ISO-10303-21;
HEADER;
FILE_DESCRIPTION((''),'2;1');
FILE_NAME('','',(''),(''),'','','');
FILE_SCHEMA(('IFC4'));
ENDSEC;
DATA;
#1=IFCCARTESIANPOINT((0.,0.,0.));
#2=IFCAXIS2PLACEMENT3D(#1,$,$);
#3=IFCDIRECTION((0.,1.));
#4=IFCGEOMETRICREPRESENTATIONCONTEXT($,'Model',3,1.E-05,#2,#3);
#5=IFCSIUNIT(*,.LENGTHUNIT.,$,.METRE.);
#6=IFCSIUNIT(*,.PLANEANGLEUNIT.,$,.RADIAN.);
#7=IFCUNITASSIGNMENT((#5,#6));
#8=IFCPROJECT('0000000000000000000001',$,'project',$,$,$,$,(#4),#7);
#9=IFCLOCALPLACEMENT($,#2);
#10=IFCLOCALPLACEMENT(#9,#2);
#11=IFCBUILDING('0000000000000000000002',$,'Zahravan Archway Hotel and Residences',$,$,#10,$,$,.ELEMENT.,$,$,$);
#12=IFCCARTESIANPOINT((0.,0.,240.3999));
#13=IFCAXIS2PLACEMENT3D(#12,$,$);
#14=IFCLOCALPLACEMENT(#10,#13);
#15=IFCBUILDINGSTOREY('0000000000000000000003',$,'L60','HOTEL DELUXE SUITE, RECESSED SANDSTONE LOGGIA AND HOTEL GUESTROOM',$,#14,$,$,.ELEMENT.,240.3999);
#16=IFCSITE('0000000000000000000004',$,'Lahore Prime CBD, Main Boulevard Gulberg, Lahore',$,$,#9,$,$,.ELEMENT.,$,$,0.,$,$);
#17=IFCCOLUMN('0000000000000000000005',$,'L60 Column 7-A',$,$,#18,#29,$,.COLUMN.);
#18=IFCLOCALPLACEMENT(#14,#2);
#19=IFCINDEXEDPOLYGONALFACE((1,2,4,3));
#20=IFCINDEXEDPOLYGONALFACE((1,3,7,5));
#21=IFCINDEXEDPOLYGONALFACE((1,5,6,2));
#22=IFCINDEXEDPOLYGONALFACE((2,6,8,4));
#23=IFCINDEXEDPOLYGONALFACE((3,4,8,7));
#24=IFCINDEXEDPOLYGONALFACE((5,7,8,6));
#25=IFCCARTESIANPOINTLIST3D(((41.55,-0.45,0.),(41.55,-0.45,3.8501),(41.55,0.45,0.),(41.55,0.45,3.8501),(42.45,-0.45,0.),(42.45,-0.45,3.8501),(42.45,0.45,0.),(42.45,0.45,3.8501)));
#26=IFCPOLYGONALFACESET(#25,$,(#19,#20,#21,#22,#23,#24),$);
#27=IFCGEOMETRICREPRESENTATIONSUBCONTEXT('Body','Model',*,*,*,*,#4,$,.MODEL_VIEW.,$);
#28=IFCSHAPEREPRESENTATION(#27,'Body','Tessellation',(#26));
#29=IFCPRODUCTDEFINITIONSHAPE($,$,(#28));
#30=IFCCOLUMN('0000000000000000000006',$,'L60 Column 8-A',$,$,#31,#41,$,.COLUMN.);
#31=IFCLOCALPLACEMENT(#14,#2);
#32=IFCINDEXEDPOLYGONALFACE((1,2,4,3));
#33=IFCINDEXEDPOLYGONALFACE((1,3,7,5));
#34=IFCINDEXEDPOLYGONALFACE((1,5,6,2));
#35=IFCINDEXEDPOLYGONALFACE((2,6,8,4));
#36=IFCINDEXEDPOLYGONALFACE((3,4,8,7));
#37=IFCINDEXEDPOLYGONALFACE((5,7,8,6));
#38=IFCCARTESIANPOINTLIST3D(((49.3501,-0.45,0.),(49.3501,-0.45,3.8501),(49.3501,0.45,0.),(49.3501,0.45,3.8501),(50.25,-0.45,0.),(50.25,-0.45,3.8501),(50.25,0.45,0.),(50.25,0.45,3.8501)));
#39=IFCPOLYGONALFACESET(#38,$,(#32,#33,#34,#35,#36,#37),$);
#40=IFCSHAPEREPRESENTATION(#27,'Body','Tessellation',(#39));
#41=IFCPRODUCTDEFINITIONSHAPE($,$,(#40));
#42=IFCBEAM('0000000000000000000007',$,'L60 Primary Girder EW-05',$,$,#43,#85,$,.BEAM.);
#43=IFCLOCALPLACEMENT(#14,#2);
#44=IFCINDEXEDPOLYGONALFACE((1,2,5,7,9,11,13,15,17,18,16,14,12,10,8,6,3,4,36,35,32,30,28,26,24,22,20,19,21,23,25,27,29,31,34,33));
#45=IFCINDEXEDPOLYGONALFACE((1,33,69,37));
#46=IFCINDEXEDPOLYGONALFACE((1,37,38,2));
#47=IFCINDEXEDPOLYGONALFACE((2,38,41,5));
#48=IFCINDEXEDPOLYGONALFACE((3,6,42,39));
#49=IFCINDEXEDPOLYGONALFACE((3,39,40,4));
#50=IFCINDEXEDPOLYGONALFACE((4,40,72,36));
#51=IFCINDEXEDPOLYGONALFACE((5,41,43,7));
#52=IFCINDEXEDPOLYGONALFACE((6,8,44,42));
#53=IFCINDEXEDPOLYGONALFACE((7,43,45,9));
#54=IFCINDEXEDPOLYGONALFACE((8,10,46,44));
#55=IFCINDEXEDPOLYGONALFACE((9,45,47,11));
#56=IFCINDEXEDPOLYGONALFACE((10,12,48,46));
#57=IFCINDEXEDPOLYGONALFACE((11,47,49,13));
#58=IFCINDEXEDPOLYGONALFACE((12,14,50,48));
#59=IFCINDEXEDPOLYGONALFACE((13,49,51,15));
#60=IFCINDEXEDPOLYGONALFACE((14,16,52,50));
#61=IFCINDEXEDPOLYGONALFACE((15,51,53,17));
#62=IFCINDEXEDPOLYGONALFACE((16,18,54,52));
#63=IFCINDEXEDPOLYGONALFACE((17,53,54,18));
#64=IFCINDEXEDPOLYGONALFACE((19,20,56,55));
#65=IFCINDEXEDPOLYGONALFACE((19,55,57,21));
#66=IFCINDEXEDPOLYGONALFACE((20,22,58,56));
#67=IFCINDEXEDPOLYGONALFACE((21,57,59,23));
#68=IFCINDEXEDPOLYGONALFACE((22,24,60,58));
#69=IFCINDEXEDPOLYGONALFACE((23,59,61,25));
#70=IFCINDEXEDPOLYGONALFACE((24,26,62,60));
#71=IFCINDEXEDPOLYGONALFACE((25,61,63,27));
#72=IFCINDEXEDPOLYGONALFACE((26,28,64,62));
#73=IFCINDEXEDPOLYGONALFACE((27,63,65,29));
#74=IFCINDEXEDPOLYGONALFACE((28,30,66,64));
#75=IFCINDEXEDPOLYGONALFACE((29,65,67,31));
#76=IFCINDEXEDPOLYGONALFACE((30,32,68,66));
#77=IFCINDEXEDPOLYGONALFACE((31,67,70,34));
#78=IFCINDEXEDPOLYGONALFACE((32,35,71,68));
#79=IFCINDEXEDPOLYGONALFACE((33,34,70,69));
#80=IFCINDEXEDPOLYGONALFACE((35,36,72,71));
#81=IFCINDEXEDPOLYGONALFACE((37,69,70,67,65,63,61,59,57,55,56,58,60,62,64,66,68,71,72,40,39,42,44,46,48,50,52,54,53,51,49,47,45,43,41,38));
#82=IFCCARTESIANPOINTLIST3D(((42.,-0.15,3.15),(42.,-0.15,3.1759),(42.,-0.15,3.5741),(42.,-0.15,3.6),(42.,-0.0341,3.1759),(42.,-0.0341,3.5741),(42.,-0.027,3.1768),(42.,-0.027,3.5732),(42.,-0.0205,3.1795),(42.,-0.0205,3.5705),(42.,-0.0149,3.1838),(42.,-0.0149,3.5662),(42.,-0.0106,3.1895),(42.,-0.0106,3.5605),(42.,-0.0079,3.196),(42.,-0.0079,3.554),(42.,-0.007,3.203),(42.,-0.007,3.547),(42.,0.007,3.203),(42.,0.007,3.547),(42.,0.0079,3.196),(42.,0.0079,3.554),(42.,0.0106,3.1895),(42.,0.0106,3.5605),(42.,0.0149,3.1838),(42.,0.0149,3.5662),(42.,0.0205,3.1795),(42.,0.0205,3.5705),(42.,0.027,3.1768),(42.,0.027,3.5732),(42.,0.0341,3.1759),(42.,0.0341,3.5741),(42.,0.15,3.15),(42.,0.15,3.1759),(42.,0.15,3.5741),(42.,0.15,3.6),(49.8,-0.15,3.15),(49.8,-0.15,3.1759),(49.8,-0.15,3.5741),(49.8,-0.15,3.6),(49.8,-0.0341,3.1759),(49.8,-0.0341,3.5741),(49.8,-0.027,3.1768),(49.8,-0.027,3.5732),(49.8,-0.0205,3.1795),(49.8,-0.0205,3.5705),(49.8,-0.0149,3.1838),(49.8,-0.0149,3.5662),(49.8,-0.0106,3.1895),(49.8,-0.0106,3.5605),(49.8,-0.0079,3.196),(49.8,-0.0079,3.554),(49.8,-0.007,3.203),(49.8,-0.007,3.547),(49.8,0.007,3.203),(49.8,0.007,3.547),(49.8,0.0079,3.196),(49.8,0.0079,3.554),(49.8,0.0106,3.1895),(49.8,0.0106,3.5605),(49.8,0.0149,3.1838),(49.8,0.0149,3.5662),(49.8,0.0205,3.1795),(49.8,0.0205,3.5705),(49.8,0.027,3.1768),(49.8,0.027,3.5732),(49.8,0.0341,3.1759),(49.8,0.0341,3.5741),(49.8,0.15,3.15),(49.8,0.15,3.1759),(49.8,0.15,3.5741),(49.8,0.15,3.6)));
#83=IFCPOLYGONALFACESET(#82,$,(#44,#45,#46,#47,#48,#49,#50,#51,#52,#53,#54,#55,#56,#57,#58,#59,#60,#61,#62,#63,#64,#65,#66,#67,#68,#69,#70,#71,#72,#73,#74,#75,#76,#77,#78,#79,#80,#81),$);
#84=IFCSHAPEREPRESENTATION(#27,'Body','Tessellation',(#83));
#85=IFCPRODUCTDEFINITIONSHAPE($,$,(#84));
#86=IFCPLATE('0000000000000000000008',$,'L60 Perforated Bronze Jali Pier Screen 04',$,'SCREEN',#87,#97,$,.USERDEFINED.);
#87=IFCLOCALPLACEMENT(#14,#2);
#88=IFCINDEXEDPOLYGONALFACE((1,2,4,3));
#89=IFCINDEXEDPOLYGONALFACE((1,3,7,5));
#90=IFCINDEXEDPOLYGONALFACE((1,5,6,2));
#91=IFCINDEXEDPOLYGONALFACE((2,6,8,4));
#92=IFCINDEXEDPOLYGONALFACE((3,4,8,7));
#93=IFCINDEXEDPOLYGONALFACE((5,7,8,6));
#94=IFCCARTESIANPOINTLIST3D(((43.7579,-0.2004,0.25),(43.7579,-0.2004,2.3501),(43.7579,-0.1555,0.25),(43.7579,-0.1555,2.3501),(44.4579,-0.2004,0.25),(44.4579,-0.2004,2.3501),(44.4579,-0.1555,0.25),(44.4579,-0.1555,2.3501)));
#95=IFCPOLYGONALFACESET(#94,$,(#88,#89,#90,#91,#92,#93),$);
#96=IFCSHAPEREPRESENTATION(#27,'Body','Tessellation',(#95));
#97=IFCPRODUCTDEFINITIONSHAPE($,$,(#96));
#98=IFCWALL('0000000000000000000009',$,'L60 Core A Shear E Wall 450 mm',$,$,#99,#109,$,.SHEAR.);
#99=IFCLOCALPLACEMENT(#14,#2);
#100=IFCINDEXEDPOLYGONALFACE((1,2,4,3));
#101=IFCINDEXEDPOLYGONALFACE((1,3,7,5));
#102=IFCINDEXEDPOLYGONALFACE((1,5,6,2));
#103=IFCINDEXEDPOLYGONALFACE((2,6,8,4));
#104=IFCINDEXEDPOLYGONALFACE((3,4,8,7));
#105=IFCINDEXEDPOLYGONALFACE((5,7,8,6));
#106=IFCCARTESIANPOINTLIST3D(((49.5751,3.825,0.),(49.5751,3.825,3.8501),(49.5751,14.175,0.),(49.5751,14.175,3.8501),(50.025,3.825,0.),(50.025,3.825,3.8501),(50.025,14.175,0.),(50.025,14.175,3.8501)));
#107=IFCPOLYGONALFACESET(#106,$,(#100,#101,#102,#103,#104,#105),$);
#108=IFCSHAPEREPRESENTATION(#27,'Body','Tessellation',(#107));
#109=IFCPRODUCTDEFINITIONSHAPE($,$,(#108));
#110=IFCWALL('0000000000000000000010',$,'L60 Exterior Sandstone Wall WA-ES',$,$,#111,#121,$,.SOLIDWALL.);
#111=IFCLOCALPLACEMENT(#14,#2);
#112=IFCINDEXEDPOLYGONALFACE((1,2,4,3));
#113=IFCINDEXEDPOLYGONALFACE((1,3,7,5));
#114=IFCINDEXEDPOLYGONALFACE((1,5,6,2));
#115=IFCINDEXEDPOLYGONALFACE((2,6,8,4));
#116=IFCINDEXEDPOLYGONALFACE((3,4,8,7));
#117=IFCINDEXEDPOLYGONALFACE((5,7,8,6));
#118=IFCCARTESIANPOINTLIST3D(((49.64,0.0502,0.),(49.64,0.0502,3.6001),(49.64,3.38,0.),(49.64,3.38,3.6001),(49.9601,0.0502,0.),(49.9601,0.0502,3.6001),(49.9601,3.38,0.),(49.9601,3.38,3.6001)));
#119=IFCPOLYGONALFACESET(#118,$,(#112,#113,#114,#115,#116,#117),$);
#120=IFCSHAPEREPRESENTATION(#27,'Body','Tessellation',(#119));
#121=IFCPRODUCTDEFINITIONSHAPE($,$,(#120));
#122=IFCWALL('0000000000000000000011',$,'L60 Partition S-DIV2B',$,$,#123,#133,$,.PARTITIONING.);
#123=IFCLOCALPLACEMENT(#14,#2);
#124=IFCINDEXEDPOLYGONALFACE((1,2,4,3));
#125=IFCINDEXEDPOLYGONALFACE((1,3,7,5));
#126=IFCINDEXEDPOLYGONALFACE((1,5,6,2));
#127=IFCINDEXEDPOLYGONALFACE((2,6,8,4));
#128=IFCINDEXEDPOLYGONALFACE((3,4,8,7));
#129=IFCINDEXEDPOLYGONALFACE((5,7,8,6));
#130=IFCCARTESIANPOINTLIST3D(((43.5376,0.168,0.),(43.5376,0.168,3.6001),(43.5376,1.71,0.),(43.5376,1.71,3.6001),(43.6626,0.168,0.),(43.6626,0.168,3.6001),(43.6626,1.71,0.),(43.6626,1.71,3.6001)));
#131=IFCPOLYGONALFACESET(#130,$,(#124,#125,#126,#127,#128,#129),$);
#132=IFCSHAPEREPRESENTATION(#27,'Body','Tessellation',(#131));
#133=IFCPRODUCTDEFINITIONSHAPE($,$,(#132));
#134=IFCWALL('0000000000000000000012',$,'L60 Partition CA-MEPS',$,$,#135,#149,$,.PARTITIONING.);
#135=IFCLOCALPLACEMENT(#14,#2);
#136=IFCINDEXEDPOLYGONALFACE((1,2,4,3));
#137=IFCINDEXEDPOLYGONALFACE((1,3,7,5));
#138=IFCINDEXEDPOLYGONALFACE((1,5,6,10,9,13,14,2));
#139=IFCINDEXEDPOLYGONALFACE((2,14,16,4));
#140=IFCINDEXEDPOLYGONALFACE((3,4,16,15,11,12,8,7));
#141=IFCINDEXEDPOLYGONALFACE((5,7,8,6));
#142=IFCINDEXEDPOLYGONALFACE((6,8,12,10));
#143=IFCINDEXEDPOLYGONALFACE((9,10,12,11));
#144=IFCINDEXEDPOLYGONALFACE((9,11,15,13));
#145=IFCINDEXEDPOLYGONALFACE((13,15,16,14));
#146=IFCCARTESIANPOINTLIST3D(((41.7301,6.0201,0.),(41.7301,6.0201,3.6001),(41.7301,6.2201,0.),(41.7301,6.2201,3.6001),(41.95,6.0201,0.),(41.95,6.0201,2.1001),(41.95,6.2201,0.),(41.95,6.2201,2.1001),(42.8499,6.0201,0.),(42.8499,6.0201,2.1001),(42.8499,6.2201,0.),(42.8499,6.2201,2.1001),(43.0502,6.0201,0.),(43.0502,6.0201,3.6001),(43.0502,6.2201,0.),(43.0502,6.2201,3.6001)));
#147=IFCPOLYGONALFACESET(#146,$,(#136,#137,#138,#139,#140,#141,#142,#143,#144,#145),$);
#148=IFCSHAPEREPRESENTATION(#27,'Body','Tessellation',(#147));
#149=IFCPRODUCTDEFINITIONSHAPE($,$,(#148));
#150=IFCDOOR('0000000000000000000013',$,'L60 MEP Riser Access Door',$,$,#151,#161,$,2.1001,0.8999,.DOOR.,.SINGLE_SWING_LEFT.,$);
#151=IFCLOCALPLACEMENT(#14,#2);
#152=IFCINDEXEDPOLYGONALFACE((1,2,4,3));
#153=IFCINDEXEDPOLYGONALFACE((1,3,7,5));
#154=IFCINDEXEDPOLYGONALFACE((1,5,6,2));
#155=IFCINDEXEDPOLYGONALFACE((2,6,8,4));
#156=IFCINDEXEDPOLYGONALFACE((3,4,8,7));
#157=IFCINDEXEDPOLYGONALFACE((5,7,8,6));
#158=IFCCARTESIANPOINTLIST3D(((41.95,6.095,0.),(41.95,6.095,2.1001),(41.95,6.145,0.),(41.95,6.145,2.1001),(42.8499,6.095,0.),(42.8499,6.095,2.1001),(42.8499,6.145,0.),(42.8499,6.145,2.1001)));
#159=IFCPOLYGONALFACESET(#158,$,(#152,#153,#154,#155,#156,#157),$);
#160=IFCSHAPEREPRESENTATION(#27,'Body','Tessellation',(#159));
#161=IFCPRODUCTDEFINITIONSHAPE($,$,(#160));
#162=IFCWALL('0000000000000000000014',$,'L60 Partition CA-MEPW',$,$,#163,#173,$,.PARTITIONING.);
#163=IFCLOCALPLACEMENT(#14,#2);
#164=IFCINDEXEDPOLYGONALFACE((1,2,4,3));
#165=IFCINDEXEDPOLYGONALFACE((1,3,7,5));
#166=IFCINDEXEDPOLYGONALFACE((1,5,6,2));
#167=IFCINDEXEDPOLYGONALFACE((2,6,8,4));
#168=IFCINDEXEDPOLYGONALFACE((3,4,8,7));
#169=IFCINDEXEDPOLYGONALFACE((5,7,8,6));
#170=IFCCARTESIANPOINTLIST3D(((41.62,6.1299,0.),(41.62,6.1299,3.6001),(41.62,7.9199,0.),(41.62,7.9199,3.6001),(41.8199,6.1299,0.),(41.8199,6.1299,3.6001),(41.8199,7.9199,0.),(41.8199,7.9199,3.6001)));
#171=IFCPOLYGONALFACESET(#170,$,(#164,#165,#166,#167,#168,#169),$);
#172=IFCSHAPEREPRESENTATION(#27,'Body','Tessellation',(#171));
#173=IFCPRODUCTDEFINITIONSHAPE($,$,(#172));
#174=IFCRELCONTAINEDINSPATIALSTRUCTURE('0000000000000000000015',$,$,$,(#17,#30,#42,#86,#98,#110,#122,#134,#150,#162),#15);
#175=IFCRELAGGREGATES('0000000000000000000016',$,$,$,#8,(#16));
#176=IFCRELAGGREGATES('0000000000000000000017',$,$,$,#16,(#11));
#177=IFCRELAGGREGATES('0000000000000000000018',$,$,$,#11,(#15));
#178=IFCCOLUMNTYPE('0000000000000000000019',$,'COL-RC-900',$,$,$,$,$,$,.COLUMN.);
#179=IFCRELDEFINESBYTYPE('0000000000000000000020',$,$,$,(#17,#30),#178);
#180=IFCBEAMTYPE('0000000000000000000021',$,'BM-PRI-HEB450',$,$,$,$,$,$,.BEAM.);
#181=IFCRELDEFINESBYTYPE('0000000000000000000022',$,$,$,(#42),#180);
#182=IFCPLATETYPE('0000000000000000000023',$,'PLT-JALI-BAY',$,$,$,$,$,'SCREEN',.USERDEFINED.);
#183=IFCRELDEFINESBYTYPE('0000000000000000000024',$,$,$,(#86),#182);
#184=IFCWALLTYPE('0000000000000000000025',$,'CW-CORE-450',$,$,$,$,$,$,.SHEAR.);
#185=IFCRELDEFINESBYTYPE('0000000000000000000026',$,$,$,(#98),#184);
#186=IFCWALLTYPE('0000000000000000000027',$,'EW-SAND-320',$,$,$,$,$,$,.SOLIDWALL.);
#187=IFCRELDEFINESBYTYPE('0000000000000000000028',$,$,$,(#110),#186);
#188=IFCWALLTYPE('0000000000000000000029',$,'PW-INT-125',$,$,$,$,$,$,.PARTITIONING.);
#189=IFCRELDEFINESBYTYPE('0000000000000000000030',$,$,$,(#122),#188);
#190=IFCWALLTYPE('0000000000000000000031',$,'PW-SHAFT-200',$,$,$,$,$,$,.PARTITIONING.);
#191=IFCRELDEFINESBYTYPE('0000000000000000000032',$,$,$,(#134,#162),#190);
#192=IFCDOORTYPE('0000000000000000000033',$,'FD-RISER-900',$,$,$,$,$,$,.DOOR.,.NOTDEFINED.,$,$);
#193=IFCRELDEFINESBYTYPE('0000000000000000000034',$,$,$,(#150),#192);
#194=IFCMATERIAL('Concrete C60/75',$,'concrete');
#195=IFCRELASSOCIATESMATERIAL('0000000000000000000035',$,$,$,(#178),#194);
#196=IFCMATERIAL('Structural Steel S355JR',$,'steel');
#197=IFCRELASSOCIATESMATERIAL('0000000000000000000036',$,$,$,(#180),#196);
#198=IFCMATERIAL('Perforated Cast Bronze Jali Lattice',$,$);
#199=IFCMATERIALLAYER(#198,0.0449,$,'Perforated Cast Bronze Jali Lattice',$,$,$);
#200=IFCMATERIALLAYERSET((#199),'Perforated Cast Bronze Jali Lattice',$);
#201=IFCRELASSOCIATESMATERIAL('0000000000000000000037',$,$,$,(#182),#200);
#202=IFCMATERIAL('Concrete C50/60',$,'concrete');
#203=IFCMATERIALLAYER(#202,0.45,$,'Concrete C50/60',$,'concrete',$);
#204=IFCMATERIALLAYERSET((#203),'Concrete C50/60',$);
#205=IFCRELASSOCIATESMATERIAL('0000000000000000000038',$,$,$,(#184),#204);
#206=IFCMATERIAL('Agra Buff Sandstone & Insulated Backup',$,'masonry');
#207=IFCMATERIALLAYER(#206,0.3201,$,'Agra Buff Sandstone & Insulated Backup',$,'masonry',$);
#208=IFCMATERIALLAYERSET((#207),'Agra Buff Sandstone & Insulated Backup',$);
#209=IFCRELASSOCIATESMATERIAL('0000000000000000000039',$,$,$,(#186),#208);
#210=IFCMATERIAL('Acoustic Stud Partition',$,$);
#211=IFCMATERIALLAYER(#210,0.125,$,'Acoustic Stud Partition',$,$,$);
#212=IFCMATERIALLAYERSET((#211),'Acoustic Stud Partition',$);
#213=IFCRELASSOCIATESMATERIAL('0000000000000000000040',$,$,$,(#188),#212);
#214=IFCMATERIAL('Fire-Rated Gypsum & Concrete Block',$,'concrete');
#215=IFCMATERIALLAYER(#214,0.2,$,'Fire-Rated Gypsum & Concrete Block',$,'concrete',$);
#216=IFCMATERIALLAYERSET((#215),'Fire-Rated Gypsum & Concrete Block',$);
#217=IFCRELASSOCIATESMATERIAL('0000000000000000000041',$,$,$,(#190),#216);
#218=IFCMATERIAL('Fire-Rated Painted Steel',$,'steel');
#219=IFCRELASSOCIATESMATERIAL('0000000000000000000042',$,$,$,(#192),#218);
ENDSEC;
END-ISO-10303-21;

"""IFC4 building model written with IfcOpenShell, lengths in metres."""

from ifc_helpers import new_model, si_unit, direction, frame, frame_2d, origin, origin_2d, place, context, subcontext, project, spatial, rectangle, i_section, extrude, source, transform, mapped, material, layer, layer_set, material_profile, profile_set, type_object, type_shapes, element, fill, save


model = new_model("IFC4")

# Units and contexts
model_context = context("Model", 3, precision=1e-05, world=origin(), true_north=direction((0.0, 1.0)))
body_context = subcontext(model_context, "Body", "Model", "MODEL_VIEW")
ifc_project = project(units=[si_unit("LENGTHUNIT", "METRE"), si_unit("PLANEANGLEUNIT", "RADIAN")], contexts=[model_context])

# Site, building, storey
site_placement = place(None, origin())
site = spatial("IfcSite", under=ifc_project, at=site_placement, Name="Lahore Prime CBD, Main Boulevard Gulberg, Lahore", CompositionType="ELEMENT", RefElevation=0.0)
building_placement = place(site_placement, origin())
building = spatial("IfcBuilding", under=site, at=building_placement, Name="Zahravan Archway Hotel and Residences", CompositionType="ELEMENT")
storey_placement = place(building_placement, frame((0.0, 0.0, 240.3999)))
storey = spatial("IfcBuildingStorey", under=building, at=storey_placement, Name="L60", Description="HOTEL DELUXE SUITE, RECESSED SANDSTONE LOGGIA AND HOTEL GUESTROOM", CompositionType="ELEMENT", Elevation=240.3999)

# Columns
ifc_material_1 = material(Name="Concrete C60/75", Category="concrete")
ifc_material_profile_1 = material_profile(ifc_material_1, rectangle(XDim=0.8999, YDim=0.8999, at=origin_2d()), Name="RC-COL-900x900", Category="concrete")
ifc_profile_set_1 = profile_set([ifc_material_profile_1], Name="Concrete C60/75")
column_type = type_object("IfcColumnType", Name="COL-RC-900", PredefinedType="COLUMN", material=ifc_profile_set_1)
shared_shape_1 = source(origin(), body_context, "Body", "SweptSolid", [
    extrude(rectangle(XDim=0.8999, YDim=0.8999, at=origin_2d()), origin(), (0.0, 0.0, 1.0), 3.8501),
])
type_shapes(column_type, [shared_shape_1])
for number, where, z_axis, x_axis, name in (
    (1, (42.0, 0.0, 0.0), (0.0, 0.0, 1.0), (1.0, 0.0, 0.0), "L60 Column 7-A"),
    (2, (49.8, 0.0, 0.0), (0.0, 0.0, 1.0), (1.0, 0.0, 0.0), "L60 Column 8-A"),
):
    element("IfcColumn", number, at=place(storey_placement, frame(where, z_axis=z_axis, x_axis=x_axis)), inside=storey, type_object=column_type, Name=name, PredefinedType="COLUMN", context=body_context, shape_type="MappedRepresentation", body=[
        mapped(shared_shape_1, transform((0.0, 0.0, 0.0), scale=1.0)),
    ])

# Beam
ifc_material_2 = material(Name="Structural Steel S355JR", Category="steel")
ifc_material_profile_2 = material_profile(ifc_material_2, i_section(OverallWidth=0.3, OverallDepth=0.45, WebThickness=0.0139, FlangeThickness=0.0259, FilletRadius=0.0271, at=origin_2d()), Name="HEB 450", Category="steel")
ifc_profile_set_2 = profile_set([ifc_material_profile_2], Name="Structural Steel S355JR")
beam_type = type_object("IfcBeamType", Name="BM-PRI-HEB450", PredefinedType="BEAM", material=ifc_profile_set_2)
shared_shape_2 = source(origin(), body_context, "Body", "SweptSolid", [
    extrude(i_section(OverallWidth=0.3, OverallDepth=0.45, WebThickness=0.0139, FlangeThickness=0.0259, FilletRadius=0.0271, at=origin_2d()), origin(), (0.0, 0.0, 1.0), 7.8),
])
beam_placement = place(storey_placement, frame((42.0, 0.0, 3.375), z_axis=(1.0, 0.0, 0.0), x_axis=(0.0, 1.0, 0.0)))
element("IfcBeam", 3, at=beam_placement, inside=storey, type_object=beam_type, Name="L60 Primary Girder EW-05", PredefinedType="BEAM", context=body_context, shape_type="MappedRepresentation", body=[
    mapped(shared_shape_2, transform((0.0, 0.0, 0.0), scale=1.0)),
])

# Plate
ifc_material_3 = material(Name="Perforated Cast Bronze Jali Lattice")
ifc_layer_1 = layer(ifc_material_3, 0.0449, Name="Perforated Cast Bronze Jali Lattice")
ifc_layer_set_1 = layer_set([ifc_layer_1], Name="Perforated Cast Bronze Jali Lattice")
plate_type = type_object("IfcPlateType", Name="PLT-JALI-BAY", ElementType="SCREEN", PredefinedType="USERDEFINED", material=ifc_layer_set_1)
shared_shape_3 = source(origin(), body_context, "Body", "SweptSolid", [
    extrude(rectangle(XDim=0.7, YDim=0.0449, at=origin_2d()), origin(), (0.0, 0.0, 1.0), 2.1001),
])
type_shapes(plate_type, [shared_shape_3])
plate_placement = place(storey_placement, frame((44.1079, -0.178, 0.25), z_axis=(0.0, 0.0, 1.0), x_axis=(1.0, 0.0, 0.0)))
element("IfcPlate", 4, at=plate_placement, inside=storey, type_object=plate_type, Name="L60 Perforated Bronze Jali Pier Screen 04", ObjectType="SCREEN", PredefinedType="USERDEFINED", context=body_context, shape_type="MappedRepresentation", body=[
    mapped(shared_shape_3, transform((0.0, 0.0, 0.0), scale=1.0)),
])

# Walls
ifc_material_4 = material(Name="Concrete C50/60", Category="concrete")
ifc_layer_2 = layer(ifc_material_4, 0.45, Name="Concrete C50/60", Category="concrete")
ifc_layer_set_2 = layer_set([ifc_layer_2], Name="Concrete C50/60")
wall_type_1 = type_object("IfcWallType", Name="CW-CORE-450", PredefinedType="SHEAR", material=ifc_layer_set_2)
wall_1_placement = place(storey_placement, frame((49.8, 3.825, 0.0), z_axis=(0.0, 0.0, 1.0), x_axis=(0.0, 1.0, 0.0)))
element("IfcWall", 5, at=wall_1_placement, inside=storey, type_object=wall_type_1, Name="L60 Core A Shear E Wall 450 mm", PredefinedType="SHEAR", context=body_context, shape_type="SweptSolid", body=[
    extrude(rectangle(XDim=10.3501, YDim=0.45, at=frame_2d((5.175, 0.0))), origin(), (0.0, 0.0, 1.0), 3.8501),
])
ifc_material_5 = material(Name="Agra Buff Sandstone & Insulated Backup", Category="masonry")
ifc_layer_3 = layer(ifc_material_5, 0.3201, Name="Agra Buff Sandstone & Insulated Backup", Category="masonry")
ifc_layer_set_3 = layer_set([ifc_layer_3], Name="Agra Buff Sandstone & Insulated Backup")
wall_type_2 = type_object("IfcWallType", Name="EW-SAND-320", PredefinedType="SOLIDWALL", material=ifc_layer_set_3)
wall_2_placement = place(storey_placement, frame((49.8, 0.05, 0.0), z_axis=(0.0, 0.0, 1.0), x_axis=(0.0, 1.0, 0.0)))
element("IfcWall", 6, at=wall_2_placement, inside=storey, type_object=wall_type_2, Name="L60 Exterior Sandstone Wall WA-ES", PredefinedType="SOLIDWALL", context=body_context, shape_type="SweptSolid", body=[
    extrude(rectangle(XDim=3.3298, YDim=0.3201, at=frame_2d((1.665, 0.0))), origin(), (0.0, 0.0, 1.0), 3.6001),
])
ifc_material_6 = material(Name="Acoustic Stud Partition")
ifc_layer_4 = layer(ifc_material_6, 0.125, Name="Acoustic Stud Partition")
ifc_layer_set_4 = layer_set([ifc_layer_4], Name="Acoustic Stud Partition")
wall_type_3 = type_object("IfcWallType", Name="PW-INT-125", PredefinedType="PARTITIONING", material=ifc_layer_set_4)
wall_3_placement = place(storey_placement, frame((43.6001, 0.168, 0.0), z_axis=(0.0, 0.0, 1.0), x_axis=(0.0, 1.0, 0.0)))
element("IfcWall", 7, at=wall_3_placement, inside=storey, type_object=wall_type_3, Name="L60 Partition S-DIV2B", PredefinedType="PARTITIONING", context=body_context, shape_type="SweptSolid", body=[
    extrude(rectangle(XDim=1.542, YDim=0.125, at=frame_2d((0.771, 0.0))), origin(), (0.0, 0.0, 1.0), 3.6001),
])

# Wall, opening, door
ifc_material_7 = material(Name="Fire-Rated Gypsum & Concrete Block", Category="concrete")
ifc_layer_5 = layer(ifc_material_7, 0.2, Name="Fire-Rated Gypsum & Concrete Block", Category="concrete")
ifc_layer_set_5 = layer_set([ifc_layer_5], Name="Fire-Rated Gypsum & Concrete Block")
wall_type_4 = type_object("IfcWallType", Name="PW-SHAFT-200", PredefinedType="PARTITIONING", material=ifc_layer_set_5)
wall_4_placement = place(storey_placement, frame((41.73, 6.1201, 0.0), z_axis=(0.0, 0.0, 1.0), x_axis=(1.0, 0.0, 0.0)))
wall_4 = element("IfcWall", 8, at=wall_4_placement, inside=storey, type_object=wall_type_4, Name="L60 Partition CA-MEPS", PredefinedType="PARTITIONING", context=body_context, shape_type="SweptSolid", body=[
    extrude(rectangle(XDim=1.3201, YDim=0.2, at=frame_2d((0.6602, 0.0))), origin(), (0.0, 0.0, 1.0), 3.6001),
])
opening_placement = place(wall_4_placement, frame((0.22, 0.0, 0.0)))
opening = element("IfcOpeningElement", 9, at=opening_placement, cuts=wall_4, PredefinedType="OPENING", context=body_context, shape_type="SweptSolid", body=[
    extrude(rectangle(XDim=0.8999, YDim=2.1001, at=frame_2d((0.45, 1.05))), frame((0.0, 0.1099, 0.0), z_axis=(0.0, -1.0, 0.0), x_axis=(1.0, 0.0, 0.0)), (0.0, 0.0, 1.0), 0.22),
])
ifc_material_8 = material(Name="Fire-Rated Painted Steel", Category="steel")
door_type = type_object("IfcDoorType", Name="FD-RISER-900", OperationType="NOTDEFINED", PredefinedType="DOOR", material=ifc_material_8)
shared_shape_4 = source(origin(), body_context, "Body", "SweptSolid", [
    extrude(rectangle(XDim=0.8999, YDim=2.1001, at=frame_2d((0.45, 1.05))), frame((0.0, 0.0249, 0.0), z_axis=(0.0, -1.0, 0.0), x_axis=(1.0, 0.0, 0.0)), (0.0, 0.0, 1.0), 0.05),
])
type_shapes(door_type, [shared_shape_4])
door_placement = place(opening_placement, origin())
door = element("IfcDoor", 10, at=door_placement, inside=storey, type_object=door_type, Name="L60 MEP Riser Access Door", OperationType="SINGLE_SWING_LEFT", OverallHeight=2.1001, OverallWidth=0.8999, PredefinedType="DOOR", context=body_context, shape_type="MappedRepresentation", body=[
    mapped(shared_shape_4, transform((0.0, 0.0, 0.0), scale=1.0)),
])
fill(opening, door)

# Wall
wall_5_placement = place(storey_placement, frame((41.72, 6.1299, 0.0), z_axis=(0.0, 0.0, 1.0), x_axis=(0.0, 1.0, 0.0)))
element("IfcWall", 11, at=wall_5_placement, inside=storey, type_object=wall_type_4, Name="L60 Partition CA-MEPW", PredefinedType="PARTITIONING", context=body_context, shape_type="SweptSolid", body=[
    extrude(rectangle(XDim=1.79, YDim=0.2, at=frame_2d((0.895, 0.0))), origin(), (0.0, 0.0, 1.0), 3.6001),
])

save(model, "model.ifc")
